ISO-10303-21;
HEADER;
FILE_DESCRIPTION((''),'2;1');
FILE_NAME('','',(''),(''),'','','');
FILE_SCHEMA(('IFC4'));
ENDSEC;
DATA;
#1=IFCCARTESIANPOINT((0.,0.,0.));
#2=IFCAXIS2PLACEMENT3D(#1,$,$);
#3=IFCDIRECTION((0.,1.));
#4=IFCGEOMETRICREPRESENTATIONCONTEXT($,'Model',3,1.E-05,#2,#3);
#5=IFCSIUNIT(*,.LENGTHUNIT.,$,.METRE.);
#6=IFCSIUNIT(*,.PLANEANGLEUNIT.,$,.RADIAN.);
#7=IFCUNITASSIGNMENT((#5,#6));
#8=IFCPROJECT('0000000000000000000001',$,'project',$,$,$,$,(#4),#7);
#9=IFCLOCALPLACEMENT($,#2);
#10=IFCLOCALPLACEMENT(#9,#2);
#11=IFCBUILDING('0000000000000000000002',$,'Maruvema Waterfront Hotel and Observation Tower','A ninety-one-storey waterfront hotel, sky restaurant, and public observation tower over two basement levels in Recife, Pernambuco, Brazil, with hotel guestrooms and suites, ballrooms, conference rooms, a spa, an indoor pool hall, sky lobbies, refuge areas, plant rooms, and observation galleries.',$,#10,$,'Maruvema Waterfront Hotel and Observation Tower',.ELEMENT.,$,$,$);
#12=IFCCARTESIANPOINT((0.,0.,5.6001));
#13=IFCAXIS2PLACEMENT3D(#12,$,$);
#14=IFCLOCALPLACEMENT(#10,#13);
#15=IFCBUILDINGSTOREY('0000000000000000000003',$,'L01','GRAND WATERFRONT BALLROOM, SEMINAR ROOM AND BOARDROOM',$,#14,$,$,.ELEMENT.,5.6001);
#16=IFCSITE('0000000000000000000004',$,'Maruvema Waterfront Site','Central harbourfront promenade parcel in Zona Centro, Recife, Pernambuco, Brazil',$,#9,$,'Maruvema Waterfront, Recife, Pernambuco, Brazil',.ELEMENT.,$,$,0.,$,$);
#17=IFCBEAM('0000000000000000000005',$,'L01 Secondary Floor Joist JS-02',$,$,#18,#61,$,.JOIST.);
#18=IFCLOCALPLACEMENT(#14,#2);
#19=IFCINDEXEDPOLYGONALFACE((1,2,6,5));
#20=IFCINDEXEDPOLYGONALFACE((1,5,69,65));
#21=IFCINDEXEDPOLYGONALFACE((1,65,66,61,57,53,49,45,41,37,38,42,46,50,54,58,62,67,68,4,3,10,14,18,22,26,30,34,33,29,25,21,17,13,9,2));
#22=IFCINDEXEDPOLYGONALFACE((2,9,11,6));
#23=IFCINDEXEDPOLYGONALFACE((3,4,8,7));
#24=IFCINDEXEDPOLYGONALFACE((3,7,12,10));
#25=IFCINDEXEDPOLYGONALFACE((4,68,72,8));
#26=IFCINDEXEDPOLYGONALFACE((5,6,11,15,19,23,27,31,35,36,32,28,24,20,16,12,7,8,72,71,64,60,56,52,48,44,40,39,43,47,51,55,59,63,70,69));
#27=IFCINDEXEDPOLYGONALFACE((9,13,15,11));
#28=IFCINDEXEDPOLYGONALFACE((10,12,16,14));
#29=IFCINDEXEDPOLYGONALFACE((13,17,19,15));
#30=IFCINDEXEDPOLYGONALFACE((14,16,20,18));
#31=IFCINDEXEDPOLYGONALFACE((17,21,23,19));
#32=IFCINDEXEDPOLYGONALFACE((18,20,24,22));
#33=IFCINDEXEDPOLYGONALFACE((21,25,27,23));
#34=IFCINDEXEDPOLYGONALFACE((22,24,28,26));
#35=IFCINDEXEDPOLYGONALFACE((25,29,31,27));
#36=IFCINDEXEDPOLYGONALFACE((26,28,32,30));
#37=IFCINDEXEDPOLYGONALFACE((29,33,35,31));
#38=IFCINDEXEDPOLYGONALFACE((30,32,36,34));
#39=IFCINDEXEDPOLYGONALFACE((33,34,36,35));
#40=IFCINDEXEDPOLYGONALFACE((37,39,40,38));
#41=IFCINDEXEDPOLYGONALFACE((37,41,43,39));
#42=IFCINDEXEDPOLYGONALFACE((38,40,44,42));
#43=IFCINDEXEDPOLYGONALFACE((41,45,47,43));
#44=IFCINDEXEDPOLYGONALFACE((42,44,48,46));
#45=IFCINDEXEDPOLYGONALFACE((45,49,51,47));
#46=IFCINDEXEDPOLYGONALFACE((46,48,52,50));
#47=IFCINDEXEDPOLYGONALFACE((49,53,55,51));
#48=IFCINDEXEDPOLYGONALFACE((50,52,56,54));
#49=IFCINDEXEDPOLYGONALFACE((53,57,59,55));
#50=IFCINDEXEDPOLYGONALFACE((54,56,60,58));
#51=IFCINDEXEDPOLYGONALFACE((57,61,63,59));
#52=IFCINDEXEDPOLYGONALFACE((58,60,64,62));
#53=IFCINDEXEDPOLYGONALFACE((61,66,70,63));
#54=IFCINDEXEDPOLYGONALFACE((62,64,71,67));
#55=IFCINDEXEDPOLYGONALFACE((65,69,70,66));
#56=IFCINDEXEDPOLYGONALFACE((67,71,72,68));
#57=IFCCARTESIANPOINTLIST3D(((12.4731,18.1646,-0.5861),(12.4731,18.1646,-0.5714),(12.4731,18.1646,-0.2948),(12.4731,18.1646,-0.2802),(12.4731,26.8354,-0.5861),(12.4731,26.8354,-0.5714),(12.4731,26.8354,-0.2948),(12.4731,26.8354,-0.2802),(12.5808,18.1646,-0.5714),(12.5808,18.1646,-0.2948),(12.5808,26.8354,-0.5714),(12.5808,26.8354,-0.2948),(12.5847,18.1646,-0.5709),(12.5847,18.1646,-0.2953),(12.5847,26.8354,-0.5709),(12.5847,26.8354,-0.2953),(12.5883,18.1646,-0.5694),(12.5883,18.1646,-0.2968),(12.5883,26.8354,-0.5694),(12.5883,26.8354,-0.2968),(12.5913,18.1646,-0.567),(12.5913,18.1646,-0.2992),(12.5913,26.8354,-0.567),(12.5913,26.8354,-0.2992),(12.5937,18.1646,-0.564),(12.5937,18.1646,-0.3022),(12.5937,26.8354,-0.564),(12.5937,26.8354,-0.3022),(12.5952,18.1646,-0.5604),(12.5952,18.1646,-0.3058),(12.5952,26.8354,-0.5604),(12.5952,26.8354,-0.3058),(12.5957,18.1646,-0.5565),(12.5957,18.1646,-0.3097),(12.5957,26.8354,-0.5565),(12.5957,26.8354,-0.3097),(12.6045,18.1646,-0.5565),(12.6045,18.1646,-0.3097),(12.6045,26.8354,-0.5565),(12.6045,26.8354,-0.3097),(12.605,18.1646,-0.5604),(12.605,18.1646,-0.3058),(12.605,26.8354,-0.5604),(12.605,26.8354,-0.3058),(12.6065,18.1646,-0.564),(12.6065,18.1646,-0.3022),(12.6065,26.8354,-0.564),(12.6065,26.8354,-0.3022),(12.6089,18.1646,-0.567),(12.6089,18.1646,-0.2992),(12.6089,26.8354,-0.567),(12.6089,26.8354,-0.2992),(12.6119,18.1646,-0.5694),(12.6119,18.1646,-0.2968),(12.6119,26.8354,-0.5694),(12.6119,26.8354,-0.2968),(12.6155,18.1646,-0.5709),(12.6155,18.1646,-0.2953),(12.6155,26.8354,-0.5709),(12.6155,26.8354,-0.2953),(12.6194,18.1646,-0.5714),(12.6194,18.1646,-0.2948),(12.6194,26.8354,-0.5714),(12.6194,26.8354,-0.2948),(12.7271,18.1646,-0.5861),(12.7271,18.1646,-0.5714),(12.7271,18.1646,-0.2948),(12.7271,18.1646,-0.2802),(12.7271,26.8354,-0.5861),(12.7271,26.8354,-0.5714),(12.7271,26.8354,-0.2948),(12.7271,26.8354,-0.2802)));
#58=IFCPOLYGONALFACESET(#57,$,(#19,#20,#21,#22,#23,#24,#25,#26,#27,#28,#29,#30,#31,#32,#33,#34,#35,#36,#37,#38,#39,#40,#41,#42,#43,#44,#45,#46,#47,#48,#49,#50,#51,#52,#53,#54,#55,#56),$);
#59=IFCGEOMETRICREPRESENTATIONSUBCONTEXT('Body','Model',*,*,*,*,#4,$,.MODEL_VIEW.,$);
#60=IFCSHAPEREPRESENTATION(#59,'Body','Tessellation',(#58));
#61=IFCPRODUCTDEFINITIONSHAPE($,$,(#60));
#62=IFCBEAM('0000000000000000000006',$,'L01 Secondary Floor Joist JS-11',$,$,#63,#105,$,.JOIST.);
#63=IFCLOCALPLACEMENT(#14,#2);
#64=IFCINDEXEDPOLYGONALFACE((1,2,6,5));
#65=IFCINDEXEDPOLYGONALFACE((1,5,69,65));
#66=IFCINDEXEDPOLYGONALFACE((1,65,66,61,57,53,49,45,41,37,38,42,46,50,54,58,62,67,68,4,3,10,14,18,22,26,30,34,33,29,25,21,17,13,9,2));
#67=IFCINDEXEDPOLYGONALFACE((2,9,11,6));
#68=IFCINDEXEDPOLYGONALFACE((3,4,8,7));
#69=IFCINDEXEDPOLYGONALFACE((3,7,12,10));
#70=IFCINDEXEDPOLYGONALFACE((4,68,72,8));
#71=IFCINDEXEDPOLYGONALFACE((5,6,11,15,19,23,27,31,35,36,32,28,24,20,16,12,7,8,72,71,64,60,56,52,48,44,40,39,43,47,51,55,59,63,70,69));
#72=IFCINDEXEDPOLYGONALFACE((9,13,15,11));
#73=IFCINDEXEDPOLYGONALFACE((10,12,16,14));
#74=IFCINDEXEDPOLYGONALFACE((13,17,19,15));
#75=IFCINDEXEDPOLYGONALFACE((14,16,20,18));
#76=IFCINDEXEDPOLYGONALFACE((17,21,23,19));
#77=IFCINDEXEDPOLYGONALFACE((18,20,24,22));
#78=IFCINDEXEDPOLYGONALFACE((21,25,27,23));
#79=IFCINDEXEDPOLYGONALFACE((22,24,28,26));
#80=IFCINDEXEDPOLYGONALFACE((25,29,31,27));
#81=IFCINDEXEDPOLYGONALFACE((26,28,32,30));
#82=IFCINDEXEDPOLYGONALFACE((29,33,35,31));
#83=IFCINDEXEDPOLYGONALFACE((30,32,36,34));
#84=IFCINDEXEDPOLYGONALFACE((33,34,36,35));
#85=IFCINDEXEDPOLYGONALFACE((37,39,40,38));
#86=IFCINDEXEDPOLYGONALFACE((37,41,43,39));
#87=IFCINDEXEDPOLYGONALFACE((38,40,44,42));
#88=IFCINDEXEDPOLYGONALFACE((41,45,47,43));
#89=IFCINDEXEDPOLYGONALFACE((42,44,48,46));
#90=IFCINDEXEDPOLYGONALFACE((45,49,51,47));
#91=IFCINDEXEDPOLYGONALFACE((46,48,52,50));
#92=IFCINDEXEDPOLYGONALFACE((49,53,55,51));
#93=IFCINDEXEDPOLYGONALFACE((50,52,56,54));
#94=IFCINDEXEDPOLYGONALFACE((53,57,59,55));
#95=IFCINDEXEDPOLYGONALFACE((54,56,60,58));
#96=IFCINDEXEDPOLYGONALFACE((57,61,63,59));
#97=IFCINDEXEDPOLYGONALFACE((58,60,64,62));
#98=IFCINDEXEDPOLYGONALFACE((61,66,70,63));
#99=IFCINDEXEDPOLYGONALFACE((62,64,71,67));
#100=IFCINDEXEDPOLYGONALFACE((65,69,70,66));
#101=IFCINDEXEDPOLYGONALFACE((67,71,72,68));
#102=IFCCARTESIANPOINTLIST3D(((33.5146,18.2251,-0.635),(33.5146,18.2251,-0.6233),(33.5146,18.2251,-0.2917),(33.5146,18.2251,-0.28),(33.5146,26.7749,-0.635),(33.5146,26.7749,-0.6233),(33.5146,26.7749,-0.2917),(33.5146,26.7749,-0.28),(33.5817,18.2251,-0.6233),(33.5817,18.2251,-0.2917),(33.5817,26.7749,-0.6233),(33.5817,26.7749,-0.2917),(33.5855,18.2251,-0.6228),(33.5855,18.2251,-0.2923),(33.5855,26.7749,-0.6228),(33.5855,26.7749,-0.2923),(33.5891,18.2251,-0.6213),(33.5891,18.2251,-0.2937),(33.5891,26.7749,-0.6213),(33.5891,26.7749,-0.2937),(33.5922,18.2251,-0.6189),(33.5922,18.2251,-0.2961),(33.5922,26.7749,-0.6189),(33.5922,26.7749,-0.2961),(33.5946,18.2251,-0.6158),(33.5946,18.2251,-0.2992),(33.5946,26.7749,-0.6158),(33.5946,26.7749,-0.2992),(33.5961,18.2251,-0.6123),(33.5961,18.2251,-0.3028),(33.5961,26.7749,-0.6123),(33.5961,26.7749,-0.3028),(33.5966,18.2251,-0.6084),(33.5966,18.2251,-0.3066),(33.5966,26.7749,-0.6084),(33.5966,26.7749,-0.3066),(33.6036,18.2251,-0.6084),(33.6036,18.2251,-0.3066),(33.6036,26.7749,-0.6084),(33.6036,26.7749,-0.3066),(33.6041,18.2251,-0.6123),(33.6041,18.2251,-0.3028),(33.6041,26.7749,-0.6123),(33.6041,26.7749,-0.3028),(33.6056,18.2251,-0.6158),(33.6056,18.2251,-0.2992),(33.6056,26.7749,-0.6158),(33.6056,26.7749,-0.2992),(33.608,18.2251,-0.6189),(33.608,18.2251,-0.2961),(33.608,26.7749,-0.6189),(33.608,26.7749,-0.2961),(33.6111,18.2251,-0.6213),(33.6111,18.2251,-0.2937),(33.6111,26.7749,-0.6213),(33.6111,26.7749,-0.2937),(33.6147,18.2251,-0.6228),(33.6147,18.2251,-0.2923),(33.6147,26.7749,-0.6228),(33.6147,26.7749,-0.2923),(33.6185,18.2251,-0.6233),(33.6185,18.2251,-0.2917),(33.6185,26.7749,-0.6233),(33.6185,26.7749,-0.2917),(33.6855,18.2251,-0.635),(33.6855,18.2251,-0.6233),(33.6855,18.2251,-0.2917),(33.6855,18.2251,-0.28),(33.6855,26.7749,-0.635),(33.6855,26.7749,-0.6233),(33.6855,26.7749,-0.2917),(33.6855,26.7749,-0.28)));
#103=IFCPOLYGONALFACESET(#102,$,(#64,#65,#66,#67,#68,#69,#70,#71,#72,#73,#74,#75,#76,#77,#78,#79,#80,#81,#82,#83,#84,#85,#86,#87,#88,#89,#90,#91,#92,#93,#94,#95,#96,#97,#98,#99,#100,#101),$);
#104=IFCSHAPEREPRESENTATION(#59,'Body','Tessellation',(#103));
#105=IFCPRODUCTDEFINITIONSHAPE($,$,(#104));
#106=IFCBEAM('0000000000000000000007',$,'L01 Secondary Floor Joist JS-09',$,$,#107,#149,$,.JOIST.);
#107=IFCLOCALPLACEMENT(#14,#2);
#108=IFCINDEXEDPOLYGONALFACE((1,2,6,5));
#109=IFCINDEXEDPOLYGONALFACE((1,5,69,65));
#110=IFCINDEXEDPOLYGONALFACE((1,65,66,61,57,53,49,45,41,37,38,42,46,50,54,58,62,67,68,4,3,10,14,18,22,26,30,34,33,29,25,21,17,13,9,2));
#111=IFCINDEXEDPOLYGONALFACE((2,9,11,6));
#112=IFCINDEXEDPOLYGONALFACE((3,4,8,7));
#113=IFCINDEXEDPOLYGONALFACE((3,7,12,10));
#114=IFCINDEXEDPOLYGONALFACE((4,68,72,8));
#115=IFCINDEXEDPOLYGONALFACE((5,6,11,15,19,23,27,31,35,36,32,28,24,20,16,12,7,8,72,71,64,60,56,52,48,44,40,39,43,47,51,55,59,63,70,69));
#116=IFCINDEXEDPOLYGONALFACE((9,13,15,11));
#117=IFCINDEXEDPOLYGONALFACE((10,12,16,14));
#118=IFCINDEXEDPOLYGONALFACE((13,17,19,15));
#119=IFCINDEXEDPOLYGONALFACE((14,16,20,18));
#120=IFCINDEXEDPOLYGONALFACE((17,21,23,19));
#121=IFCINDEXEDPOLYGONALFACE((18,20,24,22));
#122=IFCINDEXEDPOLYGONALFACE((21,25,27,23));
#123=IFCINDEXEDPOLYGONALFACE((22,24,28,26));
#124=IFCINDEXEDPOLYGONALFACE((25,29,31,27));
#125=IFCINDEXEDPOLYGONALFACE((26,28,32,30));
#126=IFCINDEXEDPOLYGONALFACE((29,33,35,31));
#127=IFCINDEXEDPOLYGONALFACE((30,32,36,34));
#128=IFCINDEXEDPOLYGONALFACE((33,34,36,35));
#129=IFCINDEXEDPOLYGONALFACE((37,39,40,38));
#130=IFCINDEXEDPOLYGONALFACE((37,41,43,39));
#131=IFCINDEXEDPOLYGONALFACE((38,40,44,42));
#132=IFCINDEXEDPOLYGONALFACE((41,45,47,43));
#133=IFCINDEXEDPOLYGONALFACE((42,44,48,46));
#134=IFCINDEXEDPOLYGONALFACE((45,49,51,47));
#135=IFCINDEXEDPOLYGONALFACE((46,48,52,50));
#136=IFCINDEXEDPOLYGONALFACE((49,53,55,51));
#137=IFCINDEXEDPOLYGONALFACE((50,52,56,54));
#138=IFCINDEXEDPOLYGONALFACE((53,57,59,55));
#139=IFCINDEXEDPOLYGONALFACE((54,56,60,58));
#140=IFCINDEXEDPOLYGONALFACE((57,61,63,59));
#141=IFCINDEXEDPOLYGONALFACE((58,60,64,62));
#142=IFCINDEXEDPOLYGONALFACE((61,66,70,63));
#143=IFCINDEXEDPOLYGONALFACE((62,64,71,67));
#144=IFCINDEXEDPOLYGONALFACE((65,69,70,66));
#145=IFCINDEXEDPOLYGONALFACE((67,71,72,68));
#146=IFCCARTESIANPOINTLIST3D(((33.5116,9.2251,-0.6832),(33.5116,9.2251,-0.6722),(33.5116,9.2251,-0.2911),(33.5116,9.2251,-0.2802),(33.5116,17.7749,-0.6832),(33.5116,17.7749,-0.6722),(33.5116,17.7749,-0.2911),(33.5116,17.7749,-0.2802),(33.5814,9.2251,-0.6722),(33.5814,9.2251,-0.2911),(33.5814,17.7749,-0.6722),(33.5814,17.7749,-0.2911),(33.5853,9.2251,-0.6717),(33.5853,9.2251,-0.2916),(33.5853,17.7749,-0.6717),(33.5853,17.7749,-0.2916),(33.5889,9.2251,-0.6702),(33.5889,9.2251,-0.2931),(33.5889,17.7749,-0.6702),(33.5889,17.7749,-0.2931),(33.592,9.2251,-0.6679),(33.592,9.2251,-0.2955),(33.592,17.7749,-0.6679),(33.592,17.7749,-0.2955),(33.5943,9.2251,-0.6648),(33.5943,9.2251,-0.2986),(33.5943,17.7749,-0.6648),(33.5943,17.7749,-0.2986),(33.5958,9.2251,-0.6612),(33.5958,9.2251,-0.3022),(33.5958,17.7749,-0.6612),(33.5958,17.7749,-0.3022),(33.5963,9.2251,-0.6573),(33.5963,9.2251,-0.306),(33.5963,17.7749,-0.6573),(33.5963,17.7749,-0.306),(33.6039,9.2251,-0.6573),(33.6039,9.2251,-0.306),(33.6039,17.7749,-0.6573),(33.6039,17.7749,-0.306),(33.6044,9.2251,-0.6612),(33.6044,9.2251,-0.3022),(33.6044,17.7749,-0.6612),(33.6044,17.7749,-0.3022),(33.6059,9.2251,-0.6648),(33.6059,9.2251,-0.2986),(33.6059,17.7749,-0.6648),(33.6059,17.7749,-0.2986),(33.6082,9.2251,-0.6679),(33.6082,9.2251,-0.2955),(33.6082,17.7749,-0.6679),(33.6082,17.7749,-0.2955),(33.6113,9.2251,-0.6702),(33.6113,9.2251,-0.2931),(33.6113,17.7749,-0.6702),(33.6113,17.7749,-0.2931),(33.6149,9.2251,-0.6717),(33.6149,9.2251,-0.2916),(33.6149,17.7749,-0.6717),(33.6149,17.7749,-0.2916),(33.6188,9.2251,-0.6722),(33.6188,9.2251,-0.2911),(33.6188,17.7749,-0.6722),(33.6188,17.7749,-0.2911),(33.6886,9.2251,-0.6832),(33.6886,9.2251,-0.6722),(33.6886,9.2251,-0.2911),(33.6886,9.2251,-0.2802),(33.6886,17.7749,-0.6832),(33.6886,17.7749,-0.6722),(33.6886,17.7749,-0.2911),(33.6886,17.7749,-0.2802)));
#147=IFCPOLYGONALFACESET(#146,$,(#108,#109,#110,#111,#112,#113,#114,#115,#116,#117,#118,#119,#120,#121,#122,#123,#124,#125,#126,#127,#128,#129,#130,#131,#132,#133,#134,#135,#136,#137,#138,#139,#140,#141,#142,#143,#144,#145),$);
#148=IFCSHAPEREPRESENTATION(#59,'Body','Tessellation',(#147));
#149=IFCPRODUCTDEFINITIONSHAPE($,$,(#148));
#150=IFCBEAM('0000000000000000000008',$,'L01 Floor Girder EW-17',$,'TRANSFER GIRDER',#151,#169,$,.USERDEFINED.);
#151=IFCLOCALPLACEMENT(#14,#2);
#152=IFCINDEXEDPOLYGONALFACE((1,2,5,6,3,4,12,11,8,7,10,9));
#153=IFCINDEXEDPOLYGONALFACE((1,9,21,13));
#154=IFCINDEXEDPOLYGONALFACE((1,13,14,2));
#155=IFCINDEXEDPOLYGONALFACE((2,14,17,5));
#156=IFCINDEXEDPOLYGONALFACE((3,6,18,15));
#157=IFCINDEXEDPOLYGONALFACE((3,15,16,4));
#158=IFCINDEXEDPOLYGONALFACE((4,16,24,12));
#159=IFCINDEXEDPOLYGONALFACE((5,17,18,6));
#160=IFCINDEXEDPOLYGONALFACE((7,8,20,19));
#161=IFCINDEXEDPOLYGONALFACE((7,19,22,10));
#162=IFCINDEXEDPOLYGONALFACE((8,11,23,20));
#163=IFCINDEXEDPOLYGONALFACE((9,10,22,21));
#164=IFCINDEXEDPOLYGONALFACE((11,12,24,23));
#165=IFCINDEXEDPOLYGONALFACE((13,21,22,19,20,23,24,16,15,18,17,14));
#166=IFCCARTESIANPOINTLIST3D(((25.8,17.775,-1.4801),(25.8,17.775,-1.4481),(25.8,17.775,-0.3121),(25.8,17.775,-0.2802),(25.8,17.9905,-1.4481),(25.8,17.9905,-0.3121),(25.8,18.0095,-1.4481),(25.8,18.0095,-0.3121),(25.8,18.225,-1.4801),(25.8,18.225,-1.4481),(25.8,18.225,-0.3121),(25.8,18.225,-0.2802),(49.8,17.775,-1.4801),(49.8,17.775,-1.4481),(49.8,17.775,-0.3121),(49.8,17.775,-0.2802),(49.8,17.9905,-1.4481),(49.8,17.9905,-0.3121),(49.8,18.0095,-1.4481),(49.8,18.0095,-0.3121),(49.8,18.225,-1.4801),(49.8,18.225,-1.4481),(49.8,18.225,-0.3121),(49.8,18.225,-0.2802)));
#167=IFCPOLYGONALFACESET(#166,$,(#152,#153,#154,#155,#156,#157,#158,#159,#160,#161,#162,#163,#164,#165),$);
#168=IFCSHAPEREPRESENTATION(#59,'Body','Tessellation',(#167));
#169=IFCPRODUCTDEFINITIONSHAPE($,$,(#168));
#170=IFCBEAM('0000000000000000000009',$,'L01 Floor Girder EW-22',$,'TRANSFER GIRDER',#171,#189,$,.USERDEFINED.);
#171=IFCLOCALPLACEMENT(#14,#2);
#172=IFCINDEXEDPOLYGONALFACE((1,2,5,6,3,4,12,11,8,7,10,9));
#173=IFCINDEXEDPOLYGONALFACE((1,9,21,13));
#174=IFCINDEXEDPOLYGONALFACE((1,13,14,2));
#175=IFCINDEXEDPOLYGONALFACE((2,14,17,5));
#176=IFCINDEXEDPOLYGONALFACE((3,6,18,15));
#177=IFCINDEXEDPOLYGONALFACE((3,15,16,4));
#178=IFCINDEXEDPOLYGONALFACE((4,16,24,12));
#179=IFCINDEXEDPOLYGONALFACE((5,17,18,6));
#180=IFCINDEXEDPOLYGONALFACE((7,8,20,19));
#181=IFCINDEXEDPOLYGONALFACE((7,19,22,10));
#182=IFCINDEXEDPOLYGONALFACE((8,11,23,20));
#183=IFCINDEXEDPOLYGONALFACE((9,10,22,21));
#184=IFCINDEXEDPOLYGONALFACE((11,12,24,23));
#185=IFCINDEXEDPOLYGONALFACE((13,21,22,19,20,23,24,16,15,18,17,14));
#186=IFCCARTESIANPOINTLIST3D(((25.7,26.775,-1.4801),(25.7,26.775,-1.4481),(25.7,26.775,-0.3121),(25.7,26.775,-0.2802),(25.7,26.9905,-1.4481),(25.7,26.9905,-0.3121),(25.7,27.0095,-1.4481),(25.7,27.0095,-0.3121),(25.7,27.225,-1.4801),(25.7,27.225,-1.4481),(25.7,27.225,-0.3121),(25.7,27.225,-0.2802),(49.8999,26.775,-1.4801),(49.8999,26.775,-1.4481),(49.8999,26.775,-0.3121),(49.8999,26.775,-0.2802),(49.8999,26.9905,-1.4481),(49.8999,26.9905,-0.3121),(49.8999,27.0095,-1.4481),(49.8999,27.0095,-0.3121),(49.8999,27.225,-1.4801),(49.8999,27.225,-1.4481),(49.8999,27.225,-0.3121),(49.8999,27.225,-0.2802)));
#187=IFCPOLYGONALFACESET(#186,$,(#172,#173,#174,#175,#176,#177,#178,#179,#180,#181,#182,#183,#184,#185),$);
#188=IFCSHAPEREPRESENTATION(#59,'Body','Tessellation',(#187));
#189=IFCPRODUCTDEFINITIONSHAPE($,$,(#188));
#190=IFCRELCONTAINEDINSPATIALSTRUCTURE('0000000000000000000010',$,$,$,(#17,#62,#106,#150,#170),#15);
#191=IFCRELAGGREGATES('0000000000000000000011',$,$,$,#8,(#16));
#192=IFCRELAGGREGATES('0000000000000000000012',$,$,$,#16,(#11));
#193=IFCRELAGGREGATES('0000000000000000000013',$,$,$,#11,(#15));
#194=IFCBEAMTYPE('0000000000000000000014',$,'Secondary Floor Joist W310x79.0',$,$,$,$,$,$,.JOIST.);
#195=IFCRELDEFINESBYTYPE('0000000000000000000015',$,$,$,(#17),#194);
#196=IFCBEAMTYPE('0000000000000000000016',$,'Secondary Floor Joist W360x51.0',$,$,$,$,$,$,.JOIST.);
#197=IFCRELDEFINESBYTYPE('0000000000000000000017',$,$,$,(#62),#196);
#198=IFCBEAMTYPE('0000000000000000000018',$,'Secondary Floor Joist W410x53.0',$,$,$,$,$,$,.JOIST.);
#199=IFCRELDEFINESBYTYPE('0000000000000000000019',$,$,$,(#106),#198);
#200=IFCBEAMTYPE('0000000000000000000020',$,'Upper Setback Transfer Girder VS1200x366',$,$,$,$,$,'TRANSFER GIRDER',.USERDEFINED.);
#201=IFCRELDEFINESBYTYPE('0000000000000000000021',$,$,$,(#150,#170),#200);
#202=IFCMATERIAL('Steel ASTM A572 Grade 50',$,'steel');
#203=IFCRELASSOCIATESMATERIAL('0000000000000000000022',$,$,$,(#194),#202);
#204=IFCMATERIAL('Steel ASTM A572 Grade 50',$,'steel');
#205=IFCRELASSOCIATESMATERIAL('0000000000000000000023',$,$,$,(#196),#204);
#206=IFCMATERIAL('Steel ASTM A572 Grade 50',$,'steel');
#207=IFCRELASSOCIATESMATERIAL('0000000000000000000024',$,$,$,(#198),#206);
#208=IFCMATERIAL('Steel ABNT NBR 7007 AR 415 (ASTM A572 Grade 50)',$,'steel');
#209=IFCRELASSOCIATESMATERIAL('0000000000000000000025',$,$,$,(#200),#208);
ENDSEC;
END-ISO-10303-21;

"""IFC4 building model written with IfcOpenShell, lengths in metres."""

from ifc_helpers import new_model, si_unit, direction, frame, origin, origin_2d, place, context, subcontext, project, spatial, i_section, extrude, material, material_profile, profile_set, type_object, element, save


model = new_model("IFC4")

# Units and contexts
model_context = context("Model", 3, precision=1e-05, world=origin(), true_north=direction((0.0, 1.0)))
body_context = subcontext(model_context, "Body", "Model", "MODEL_VIEW")
ifc_project = project(units=[si_unit("LENGTHUNIT", "METRE"), si_unit("PLANEANGLEUNIT", "RADIAN")], contexts=[model_context])

# Site, building, storey
site_placement = place(None, origin())
site = spatial("IfcSite", under=ifc_project, at=site_placement, Name="Maruvema Waterfront Site", Description="Central harbourfront promenade parcel in Zona Centro, Recife, Pernambuco, Brazil", LongName="Maruvema Waterfront, Recife, Pernambuco, Brazil", CompositionType="ELEMENT", RefElevation=0.0)
building_placement = place(site_placement, origin())
building = spatial("IfcBuilding", under=site, at=building_placement, Name="Maruvema Waterfront Hotel and Observation Tower", Description="A ninety-one-storey waterfront hotel, sky restaurant, and public observation tower over two basement levels in Recife, Pernambuco, Brazil, with hotel guestrooms and suites, ballrooms, conference rooms, a spa, an indoor pool hall, sky lobbies, refuge areas, plant rooms, and observation galleries.", LongName="Maruvema Waterfront Hotel and Observation Tower", CompositionType="ELEMENT")
storey_placement = place(building_placement, frame((0.0, 0.0, 5.6001)))
storey = spatial("IfcBuildingStorey", under=building, at=storey_placement, Name="L01", Description="GRAND WATERFRONT BALLROOM, SEMINAR ROOM AND BOARDROOM", CompositionType="ELEMENT", Elevation=5.6001)

# Beams
ifc_material_1 = material(Name="Steel ASTM A572 Grade 50", Category="steel")
ifc_material_profile_1 = material_profile(ifc_material_1, i_section(OverallWidth=0.2539, OverallDepth=0.3059, WebThickness=0.0088, FlangeThickness=0.0146, FilletRadius=0.0149, at=origin_2d()), Name="W310x79.0")
ifc_profile_set_1 = profile_set([ifc_material_profile_1], Name="Steel ASTM A572 Grade 50")
beam_type_1 = type_object("IfcBeamType", Name="Secondary Floor Joist W310x79.0", PredefinedType="JOIST", material=ifc_profile_set_1)
beam_1_placement = place(storey_placement, frame((12.6001, 18.1646, -0.4331), z_axis=(0.0, 1.0, 0.0), x_axis=(-1.0, 0.0, 0.0)))
element("IfcBeam", 1, at=beam_1_placement, inside=storey, type_object=beam_type_1, Name="L01 Secondary Floor Joist JS-02", PredefinedType="JOIST", context=body_context, shape_type="SweptSolid", body=[
    extrude(i_section(OverallWidth=0.2539, OverallDepth=0.3059, WebThickness=0.0088, FlangeThickness=0.0146, FilletRadius=0.0149, at=origin_2d()), origin(), (0.0, 0.0, 1.0), 8.6709),
])
ifc_material_2 = material(Name="Steel ASTM A572 Grade 50", Category="steel")
ifc_material_profile_2 = material_profile(ifc_material_2, i_section(OverallWidth=0.1709, OverallDepth=0.355, WebThickness=0.0071, FlangeThickness=0.0117, FilletRadius=0.0149, at=origin_2d()), Name="W360x51.0")
ifc_profile_set_2 = profile_set([ifc_material_profile_2], Name="Steel ASTM A572 Grade 50")
beam_type_2 = type_object("IfcBeamType", Name="Secondary Floor Joist W360x51.0", PredefinedType="JOIST", material=ifc_profile_set_2)
beam_2_placement = place(storey_placement, frame((33.6001, 18.2251, -0.4575), z_axis=(0.0, 1.0, 0.0), x_axis=(-1.0, 0.0, 0.0)))
element("IfcBeam", 2, at=beam_2_placement, inside=storey, type_object=beam_type_2, Name="L01 Secondary Floor Joist JS-11", PredefinedType="JOIST", context=body_context, shape_type="SweptSolid", body=[
    extrude(i_section(OverallWidth=0.1709, OverallDepth=0.355, WebThickness=0.0071, FlangeThickness=0.0117, FilletRadius=0.0149, at=origin_2d()), origin(), (0.0, 0.0, 1.0), 8.5498),
])
ifc_material_3 = material(Name="Steel ASTM A572 Grade 50", Category="steel")
ifc_material_profile_3 = material_profile(ifc_material_3, i_section(OverallWidth=0.177, OverallDepth=0.4031, WebThickness=0.0076, FlangeThickness=0.011, FilletRadius=0.0149, at=origin_2d()), Name="W410x53.0")
ifc_profile_set_3 = profile_set([ifc_material_profile_3], Name="Steel ASTM A572 Grade 50")
beam_type_3 = type_object("IfcBeamType", Name="Secondary Floor Joist W410x53.0", PredefinedType="JOIST", material=ifc_profile_set_3)
beam_3_placement = place(storey_placement, frame((33.6001, 9.2251, -0.4817), z_axis=(0.0, 1.0, 0.0), x_axis=(-1.0, 0.0, 0.0)))
element("IfcBeam", 3, at=beam_3_placement, inside=storey, type_object=beam_type_3, Name="L01 Secondary Floor Joist JS-09", PredefinedType="JOIST", context=body_context, shape_type="SweptSolid", body=[
    extrude(i_section(OverallWidth=0.177, OverallDepth=0.4031, WebThickness=0.0076, FlangeThickness=0.011, FilletRadius=0.0149, at=origin_2d()), origin(), (0.0, 0.0, 1.0), 8.5498),
])
ifc_material_4 = material(Name="Steel ABNT NBR 7007 AR 415 (ASTM A572 Grade 50)", Category="steel")
ifc_material_profile_4 = material_profile(ifc_material_4, i_section(OverallWidth=0.45, OverallDepth=1.2, WebThickness=0.019, FlangeThickness=0.032, at=origin_2d()), Name="VS1200x366")
ifc_profile_set_4 = profile_set([ifc_material_profile_4], Name="Steel ABNT NBR 7007 AR 415 (ASTM A572 Grade 50)")
beam_type_4 = type_object("IfcBeamType", Name="Upper Setback Transfer Girder VS1200x366", ElementType="TRANSFER GIRDER", PredefinedType="USERDEFINED", material=ifc_profile_set_4)
beam_4_placement = place(storey_placement, frame((25.8, 18.0, -0.8801), z_axis=(1.0, 0.0, 0.0), x_axis=(0.0, 1.0, 0.0)))
element("IfcBeam", 4, at=beam_4_placement, inside=storey, type_object=beam_type_4, Name="L01 Floor Girder EW-17", ObjectType="TRANSFER GIRDER", PredefinedType="USERDEFINED", context=body_context, shape_type="SweptSolid", body=[
    extrude(i_section(OverallWidth=0.45, OverallDepth=1.2, WebThickness=0.019, FlangeThickness=0.032, at=origin_2d()), origin(), (0.0, 0.0, 1.0), 24.0),
])
beam_5_placement = place(storey_placement, frame((25.7, 27.0, -0.8801), z_axis=(1.0, 0.0, 0.0), x_axis=(0.0, 1.0, 0.0)))
element("IfcBeam", 5, at=beam_5_placement, inside=storey, type_object=beam_type_4, Name="L01 Floor Girder EW-22", ObjectType="TRANSFER GIRDER", PredefinedType="USERDEFINED", context=body_context, shape_type="SweptSolid", body=[
    extrude(i_section(OverallWidth=0.45, OverallDepth=1.2, WebThickness=0.019, FlangeThickness=0.032, at=origin_2d()), origin(), (0.0, 0.0, 1.0), 24.2),
])

save(model, "model.ifc")
